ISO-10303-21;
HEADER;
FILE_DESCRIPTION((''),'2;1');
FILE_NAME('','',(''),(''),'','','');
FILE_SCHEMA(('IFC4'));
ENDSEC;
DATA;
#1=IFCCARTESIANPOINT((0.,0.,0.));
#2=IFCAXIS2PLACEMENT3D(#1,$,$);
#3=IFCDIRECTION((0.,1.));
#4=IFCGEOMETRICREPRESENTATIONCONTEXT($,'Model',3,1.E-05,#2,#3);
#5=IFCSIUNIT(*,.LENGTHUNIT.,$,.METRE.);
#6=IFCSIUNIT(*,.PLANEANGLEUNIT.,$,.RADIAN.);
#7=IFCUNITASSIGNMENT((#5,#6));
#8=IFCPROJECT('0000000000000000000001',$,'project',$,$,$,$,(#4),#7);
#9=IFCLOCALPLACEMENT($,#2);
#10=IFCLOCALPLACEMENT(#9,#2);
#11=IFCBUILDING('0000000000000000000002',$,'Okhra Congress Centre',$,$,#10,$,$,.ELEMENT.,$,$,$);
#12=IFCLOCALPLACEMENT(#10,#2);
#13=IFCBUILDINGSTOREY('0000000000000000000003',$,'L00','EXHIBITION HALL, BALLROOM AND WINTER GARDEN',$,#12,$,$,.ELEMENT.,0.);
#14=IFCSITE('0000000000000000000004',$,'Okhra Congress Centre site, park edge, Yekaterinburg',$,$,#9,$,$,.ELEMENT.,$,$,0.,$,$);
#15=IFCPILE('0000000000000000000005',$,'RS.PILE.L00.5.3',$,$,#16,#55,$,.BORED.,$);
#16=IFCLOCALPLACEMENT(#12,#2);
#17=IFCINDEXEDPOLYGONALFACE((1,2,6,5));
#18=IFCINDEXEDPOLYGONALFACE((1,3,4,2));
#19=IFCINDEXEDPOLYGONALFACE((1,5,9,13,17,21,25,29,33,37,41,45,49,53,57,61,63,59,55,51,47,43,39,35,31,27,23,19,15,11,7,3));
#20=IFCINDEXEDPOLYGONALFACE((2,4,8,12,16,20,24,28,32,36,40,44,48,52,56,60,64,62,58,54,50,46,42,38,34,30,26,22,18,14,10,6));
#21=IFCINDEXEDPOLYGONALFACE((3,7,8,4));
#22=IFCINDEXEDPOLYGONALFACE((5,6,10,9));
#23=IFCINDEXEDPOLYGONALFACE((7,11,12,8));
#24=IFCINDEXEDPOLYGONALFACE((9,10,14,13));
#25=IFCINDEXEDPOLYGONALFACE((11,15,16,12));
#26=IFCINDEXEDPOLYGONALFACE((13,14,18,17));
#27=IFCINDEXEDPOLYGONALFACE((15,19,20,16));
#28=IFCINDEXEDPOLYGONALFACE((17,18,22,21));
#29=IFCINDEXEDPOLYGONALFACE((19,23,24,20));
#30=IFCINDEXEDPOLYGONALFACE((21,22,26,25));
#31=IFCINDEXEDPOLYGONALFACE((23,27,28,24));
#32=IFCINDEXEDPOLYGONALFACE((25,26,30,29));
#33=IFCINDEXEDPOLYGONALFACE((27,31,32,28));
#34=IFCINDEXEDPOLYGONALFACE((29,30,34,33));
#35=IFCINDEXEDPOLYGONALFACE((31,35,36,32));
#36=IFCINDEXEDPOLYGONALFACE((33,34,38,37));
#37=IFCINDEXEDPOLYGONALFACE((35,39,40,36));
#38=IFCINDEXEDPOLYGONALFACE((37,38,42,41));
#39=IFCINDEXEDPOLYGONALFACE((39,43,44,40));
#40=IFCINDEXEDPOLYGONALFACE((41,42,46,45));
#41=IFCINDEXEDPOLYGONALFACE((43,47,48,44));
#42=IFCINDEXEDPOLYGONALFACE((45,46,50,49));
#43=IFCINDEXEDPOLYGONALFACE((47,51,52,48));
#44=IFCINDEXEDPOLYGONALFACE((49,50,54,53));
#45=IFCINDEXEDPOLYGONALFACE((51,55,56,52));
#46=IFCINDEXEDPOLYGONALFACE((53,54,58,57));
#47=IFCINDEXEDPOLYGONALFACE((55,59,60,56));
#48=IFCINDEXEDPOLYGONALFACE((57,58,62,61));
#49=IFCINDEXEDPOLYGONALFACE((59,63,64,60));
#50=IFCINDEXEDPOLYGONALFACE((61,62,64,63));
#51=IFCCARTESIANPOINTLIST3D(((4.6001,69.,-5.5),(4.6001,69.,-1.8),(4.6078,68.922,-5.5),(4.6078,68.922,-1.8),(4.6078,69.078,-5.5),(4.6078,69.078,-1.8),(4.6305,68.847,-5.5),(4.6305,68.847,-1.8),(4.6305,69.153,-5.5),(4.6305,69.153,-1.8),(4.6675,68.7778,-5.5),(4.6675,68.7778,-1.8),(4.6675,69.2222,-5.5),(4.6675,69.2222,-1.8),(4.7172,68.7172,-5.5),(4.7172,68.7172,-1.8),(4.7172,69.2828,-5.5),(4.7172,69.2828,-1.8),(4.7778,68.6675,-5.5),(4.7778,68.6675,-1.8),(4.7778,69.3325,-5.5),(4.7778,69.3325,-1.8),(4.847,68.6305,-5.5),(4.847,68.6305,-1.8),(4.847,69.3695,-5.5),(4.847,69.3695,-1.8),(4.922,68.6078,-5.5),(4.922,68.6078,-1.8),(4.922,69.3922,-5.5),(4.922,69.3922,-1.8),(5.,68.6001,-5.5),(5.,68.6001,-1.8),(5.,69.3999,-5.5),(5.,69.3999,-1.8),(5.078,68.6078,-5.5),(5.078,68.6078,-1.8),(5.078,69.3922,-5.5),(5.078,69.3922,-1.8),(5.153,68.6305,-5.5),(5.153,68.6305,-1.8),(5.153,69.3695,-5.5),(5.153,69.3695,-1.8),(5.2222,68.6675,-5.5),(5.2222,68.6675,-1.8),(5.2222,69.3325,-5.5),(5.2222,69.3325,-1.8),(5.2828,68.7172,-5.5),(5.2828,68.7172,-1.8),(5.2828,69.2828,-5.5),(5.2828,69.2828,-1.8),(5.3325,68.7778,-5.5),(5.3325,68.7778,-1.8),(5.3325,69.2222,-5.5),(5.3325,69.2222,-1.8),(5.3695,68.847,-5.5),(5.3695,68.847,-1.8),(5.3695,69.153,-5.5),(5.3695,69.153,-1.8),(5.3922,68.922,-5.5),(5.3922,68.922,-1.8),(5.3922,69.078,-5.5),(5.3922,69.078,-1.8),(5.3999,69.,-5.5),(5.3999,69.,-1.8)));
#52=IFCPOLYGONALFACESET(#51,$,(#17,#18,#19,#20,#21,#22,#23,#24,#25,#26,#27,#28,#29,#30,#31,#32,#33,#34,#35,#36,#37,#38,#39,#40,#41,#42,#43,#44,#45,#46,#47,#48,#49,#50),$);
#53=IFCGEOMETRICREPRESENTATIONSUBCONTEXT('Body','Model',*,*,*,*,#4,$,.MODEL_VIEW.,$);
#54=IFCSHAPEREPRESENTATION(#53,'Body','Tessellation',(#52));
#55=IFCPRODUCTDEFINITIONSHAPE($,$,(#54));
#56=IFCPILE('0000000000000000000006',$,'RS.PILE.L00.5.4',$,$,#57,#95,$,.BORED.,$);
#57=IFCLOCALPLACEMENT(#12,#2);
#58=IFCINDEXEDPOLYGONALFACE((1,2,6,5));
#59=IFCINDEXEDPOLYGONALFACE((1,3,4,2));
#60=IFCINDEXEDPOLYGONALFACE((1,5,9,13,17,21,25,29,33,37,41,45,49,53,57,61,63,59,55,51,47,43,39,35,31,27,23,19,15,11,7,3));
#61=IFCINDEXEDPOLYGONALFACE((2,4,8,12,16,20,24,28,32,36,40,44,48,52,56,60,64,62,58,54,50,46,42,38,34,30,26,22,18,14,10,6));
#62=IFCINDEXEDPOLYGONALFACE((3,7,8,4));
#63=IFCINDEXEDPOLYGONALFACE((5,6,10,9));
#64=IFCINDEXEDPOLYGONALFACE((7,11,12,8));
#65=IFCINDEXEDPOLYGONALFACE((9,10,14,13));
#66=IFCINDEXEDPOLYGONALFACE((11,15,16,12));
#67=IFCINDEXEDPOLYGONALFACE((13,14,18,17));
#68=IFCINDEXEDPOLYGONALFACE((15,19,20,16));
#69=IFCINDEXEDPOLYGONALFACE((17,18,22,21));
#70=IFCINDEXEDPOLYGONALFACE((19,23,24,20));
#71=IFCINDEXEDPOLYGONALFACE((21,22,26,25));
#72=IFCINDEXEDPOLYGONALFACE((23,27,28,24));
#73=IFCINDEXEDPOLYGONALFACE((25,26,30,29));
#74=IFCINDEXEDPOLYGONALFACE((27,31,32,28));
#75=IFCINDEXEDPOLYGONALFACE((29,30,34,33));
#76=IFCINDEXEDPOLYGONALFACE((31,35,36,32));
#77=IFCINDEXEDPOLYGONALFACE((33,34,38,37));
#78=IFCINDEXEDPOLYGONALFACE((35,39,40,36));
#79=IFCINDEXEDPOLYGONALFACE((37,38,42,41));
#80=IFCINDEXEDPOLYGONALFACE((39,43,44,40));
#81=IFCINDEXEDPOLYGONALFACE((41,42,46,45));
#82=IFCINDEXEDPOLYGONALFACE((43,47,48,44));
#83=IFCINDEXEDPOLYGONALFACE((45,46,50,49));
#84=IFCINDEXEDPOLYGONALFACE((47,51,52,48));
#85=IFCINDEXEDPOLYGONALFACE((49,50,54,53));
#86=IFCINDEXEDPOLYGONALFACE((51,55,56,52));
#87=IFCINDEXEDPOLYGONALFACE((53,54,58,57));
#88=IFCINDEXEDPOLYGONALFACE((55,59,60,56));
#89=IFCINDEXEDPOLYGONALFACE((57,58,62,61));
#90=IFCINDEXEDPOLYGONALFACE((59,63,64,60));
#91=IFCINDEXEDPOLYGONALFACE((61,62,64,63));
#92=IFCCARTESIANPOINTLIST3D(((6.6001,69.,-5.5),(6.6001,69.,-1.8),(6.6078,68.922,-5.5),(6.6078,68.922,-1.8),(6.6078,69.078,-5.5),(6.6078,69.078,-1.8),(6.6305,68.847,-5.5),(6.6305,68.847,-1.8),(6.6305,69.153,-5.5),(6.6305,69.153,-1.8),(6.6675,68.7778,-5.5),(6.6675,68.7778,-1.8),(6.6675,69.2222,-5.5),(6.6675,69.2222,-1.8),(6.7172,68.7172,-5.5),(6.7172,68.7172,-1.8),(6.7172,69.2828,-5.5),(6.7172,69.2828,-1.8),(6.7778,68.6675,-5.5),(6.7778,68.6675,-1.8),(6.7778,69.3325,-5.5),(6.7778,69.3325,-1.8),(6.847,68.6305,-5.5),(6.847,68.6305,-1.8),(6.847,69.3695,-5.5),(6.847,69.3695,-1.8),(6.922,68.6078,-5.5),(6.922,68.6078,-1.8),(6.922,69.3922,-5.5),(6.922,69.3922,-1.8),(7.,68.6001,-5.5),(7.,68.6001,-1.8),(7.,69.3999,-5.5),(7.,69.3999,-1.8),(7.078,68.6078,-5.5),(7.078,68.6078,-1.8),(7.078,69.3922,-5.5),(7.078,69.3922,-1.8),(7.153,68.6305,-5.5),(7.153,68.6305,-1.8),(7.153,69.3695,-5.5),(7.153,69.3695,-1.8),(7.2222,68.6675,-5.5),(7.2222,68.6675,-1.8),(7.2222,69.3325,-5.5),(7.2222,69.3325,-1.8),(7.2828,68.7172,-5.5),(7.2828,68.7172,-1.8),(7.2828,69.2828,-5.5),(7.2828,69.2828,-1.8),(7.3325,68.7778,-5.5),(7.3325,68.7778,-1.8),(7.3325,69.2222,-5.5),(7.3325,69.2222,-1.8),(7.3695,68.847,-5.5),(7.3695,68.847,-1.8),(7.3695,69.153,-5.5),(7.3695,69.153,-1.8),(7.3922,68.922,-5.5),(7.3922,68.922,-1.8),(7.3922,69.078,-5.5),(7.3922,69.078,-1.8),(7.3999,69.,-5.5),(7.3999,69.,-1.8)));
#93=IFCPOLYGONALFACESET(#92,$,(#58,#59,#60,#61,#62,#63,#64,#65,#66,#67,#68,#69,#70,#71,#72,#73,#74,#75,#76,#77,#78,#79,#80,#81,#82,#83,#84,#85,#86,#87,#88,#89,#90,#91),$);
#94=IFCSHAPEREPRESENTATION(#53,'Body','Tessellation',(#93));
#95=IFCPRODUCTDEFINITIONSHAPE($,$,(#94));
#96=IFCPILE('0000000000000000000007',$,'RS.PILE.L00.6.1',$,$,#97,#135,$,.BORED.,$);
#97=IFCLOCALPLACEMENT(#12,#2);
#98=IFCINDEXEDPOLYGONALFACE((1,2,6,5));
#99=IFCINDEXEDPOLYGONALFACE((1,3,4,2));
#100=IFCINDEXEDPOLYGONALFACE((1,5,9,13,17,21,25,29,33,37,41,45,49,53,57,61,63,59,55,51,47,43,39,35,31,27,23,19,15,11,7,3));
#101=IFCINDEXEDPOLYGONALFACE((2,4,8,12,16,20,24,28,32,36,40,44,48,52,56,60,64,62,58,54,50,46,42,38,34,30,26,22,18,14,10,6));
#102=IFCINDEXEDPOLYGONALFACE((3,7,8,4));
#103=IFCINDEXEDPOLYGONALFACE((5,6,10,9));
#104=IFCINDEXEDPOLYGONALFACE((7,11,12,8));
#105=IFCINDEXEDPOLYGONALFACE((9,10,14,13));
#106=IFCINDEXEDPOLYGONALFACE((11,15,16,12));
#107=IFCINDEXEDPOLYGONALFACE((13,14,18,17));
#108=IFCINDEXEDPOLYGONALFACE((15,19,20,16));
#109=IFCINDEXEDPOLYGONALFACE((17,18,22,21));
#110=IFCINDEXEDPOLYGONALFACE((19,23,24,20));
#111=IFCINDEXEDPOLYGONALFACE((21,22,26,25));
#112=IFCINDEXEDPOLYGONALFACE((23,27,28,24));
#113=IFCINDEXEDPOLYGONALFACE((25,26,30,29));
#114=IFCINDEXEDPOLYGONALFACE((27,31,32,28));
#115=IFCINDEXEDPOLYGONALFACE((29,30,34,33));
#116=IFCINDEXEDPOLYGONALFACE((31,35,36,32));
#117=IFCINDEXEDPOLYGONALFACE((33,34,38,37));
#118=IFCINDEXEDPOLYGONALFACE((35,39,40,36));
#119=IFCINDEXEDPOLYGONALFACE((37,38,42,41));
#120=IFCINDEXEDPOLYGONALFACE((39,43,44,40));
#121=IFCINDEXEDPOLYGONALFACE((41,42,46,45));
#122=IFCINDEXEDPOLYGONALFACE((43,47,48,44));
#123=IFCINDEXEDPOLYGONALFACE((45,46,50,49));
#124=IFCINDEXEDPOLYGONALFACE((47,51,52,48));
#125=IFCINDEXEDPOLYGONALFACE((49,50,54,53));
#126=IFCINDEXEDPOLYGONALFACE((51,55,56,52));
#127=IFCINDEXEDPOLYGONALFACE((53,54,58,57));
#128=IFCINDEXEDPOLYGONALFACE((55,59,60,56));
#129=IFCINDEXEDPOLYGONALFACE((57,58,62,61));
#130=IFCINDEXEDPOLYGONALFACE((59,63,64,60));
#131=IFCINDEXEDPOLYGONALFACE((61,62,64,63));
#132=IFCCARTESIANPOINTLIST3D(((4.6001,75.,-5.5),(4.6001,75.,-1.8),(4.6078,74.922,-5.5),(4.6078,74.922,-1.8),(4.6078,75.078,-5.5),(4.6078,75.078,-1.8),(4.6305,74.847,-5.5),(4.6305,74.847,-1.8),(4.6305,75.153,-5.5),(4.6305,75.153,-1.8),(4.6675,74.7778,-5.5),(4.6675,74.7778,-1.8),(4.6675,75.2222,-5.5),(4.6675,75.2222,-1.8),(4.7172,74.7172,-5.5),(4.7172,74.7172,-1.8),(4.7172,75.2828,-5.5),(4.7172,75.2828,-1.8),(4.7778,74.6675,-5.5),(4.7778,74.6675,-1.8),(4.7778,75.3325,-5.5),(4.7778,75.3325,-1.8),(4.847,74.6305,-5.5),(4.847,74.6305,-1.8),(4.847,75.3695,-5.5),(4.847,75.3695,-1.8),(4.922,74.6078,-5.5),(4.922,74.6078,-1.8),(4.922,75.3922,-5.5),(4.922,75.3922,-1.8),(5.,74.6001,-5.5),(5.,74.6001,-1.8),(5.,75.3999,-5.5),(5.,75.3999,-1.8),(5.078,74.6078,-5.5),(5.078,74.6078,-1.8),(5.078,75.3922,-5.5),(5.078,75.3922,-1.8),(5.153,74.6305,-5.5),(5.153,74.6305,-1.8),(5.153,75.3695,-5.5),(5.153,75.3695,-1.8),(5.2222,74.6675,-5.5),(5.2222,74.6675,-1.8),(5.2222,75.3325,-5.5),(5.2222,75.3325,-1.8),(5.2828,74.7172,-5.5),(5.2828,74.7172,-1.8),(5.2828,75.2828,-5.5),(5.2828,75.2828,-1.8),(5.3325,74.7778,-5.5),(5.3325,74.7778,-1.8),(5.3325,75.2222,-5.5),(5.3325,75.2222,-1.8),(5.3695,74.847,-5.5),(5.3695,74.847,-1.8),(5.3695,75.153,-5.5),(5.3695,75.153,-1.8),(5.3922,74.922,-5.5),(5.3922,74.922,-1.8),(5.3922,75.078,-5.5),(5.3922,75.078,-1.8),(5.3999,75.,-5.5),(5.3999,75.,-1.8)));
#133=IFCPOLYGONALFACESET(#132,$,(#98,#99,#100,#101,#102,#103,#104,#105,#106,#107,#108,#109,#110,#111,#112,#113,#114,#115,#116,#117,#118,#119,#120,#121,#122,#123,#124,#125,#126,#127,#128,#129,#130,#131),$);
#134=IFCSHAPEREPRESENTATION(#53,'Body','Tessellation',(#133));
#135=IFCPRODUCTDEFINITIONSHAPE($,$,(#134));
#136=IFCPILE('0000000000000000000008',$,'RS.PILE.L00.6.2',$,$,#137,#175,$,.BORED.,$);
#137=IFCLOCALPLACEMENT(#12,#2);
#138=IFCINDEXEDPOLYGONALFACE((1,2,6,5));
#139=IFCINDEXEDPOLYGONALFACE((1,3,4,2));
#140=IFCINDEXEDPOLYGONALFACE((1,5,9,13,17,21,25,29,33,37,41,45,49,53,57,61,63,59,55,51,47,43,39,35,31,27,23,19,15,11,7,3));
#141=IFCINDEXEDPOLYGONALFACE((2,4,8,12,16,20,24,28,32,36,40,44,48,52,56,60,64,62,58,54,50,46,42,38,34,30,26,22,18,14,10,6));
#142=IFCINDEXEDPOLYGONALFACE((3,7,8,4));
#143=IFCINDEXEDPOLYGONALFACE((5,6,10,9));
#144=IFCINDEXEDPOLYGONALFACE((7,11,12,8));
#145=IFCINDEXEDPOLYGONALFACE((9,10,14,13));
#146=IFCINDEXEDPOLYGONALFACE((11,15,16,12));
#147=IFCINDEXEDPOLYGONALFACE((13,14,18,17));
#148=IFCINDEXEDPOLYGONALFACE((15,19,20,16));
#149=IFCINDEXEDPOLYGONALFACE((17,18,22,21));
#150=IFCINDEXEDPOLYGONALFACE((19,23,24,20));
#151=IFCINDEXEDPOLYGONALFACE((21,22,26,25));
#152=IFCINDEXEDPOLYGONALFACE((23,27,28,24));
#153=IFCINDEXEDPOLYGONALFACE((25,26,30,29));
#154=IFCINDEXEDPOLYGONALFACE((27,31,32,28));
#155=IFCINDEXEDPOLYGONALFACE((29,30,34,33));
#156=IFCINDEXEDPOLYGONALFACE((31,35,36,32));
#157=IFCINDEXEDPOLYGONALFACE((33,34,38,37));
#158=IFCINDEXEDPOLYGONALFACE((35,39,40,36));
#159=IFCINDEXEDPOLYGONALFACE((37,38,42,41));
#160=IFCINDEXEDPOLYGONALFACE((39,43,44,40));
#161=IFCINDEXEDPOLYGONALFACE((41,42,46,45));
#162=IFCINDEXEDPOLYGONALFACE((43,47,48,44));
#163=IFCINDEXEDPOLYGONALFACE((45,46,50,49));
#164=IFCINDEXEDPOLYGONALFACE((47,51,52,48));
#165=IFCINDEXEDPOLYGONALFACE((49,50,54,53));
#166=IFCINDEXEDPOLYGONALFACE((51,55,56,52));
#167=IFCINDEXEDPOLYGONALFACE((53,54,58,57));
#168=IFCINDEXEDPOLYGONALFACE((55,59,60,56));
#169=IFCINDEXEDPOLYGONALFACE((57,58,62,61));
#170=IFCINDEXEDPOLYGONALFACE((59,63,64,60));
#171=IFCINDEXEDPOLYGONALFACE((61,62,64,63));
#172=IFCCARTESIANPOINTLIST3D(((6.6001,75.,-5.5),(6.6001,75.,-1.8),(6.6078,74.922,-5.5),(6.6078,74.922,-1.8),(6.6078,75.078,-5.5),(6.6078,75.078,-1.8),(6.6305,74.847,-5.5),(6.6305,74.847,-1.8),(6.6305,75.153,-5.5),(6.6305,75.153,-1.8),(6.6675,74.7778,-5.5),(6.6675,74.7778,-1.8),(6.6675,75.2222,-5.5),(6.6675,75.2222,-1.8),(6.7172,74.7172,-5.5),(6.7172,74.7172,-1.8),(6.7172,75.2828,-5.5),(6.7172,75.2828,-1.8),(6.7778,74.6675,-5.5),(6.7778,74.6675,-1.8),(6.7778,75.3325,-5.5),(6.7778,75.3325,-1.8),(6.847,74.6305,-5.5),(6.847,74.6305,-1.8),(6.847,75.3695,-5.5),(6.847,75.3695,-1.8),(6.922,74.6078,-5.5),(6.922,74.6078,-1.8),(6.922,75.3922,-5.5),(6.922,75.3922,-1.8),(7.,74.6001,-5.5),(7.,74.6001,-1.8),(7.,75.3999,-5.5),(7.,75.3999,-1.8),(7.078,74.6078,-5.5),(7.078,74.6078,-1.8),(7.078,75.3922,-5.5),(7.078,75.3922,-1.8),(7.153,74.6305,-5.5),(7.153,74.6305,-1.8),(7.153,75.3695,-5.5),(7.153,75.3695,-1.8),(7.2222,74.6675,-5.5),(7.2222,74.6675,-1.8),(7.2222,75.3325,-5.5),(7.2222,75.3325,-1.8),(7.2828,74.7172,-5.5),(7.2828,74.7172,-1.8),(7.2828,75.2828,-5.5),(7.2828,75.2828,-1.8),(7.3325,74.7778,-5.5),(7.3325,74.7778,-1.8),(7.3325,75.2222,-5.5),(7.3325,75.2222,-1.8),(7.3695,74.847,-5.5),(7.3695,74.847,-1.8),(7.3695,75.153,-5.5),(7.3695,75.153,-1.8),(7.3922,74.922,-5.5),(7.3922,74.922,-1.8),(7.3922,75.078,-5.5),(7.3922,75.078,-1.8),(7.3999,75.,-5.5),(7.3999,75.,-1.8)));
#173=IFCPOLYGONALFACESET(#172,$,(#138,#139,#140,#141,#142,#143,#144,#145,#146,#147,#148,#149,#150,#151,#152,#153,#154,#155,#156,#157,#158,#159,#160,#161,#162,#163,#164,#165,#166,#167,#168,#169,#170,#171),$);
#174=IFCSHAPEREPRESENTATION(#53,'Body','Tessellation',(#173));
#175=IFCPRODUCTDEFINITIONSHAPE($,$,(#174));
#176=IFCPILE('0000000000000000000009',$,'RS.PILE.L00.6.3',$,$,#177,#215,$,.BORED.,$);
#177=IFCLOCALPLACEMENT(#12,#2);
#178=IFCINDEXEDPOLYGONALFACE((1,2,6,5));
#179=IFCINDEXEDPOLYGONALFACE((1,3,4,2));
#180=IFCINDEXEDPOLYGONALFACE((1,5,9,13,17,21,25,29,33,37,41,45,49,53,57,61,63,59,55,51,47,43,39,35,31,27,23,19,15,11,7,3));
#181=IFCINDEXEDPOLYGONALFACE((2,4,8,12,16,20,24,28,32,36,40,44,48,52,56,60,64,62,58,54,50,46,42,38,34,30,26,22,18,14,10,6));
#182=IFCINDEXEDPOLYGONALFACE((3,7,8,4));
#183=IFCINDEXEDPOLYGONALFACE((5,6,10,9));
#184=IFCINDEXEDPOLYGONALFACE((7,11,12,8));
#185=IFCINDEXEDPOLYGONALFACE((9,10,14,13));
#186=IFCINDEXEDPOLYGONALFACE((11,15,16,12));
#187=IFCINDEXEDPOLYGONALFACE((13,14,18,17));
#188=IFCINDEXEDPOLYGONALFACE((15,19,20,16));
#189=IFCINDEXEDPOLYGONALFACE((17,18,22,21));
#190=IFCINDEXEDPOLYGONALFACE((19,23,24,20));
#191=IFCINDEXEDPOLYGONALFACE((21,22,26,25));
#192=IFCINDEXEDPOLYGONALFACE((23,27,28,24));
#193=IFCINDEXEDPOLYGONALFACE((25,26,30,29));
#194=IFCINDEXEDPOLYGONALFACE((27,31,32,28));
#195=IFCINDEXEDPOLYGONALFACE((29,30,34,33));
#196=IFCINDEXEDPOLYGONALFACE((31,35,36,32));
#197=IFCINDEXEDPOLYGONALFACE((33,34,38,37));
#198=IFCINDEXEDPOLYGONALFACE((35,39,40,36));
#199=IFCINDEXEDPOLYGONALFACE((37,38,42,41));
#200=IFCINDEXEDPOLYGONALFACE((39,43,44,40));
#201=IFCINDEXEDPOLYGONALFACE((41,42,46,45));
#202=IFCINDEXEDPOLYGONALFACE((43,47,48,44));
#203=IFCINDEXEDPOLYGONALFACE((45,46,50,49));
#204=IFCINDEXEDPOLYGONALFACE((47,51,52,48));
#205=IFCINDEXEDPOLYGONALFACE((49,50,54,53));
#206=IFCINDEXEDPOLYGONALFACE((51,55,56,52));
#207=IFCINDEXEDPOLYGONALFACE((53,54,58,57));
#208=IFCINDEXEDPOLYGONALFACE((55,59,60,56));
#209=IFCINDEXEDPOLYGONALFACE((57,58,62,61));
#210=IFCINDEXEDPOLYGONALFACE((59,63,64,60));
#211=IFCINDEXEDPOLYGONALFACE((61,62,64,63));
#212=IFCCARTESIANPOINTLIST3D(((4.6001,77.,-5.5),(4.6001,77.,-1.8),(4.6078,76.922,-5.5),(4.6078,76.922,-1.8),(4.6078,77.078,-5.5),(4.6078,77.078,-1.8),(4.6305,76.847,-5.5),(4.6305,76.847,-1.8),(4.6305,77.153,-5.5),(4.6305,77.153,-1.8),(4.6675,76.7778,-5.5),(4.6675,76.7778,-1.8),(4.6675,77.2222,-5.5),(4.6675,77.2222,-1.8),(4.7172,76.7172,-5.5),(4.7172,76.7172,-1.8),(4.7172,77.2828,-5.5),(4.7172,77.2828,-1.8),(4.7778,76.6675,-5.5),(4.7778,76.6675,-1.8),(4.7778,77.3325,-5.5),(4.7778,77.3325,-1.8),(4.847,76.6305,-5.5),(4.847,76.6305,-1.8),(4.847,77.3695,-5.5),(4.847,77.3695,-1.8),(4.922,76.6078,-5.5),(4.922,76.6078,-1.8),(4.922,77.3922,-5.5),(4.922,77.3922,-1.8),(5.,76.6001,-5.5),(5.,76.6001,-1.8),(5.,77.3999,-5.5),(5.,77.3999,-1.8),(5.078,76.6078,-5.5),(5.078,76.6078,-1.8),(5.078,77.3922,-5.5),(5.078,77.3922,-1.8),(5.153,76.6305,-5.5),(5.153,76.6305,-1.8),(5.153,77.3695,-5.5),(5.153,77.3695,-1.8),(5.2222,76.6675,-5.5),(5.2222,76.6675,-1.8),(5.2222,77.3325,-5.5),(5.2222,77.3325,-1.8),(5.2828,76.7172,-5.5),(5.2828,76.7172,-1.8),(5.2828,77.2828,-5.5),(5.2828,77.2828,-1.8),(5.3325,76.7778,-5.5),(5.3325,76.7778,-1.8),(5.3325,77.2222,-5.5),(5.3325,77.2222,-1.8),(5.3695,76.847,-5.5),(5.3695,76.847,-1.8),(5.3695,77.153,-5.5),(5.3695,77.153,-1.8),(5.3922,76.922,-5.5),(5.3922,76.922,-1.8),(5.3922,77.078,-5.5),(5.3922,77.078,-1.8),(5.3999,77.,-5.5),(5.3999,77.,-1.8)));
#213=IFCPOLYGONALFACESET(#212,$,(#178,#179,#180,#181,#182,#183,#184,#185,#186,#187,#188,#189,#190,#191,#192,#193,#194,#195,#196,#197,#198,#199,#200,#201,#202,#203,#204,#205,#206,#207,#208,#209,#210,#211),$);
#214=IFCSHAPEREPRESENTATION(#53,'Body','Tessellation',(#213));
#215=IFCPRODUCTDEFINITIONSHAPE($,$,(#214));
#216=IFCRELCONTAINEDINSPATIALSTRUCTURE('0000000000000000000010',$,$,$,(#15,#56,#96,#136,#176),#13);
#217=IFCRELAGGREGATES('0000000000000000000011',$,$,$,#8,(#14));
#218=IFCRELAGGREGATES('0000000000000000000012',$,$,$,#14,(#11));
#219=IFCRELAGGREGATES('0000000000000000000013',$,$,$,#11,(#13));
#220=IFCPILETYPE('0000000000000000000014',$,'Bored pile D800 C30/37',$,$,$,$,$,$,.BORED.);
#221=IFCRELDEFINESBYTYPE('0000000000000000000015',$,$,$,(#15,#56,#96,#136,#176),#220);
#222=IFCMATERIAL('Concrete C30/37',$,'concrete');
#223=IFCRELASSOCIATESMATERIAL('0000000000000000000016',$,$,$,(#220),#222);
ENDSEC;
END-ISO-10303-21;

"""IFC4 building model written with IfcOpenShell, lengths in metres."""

from ifc_helpers import new_model, si_unit, direction, frame, origin, origin_2d, place, context, subcontext, project, spatial, circle, extrude, material, material_profile, profile_set, type_object, element, save


model = new_model("IFC4")

# Units and contexts
model_context = context("Model", 3, precision=1e-05, world=origin(), true_north=direction((0.0, 1.0)))
body_context = subcontext(model_context, "Body", "Model", "MODEL_VIEW")
ifc_project = project(units=[si_unit("LENGTHUNIT", "METRE"), si_unit("PLANEANGLEUNIT", "RADIAN")], contexts=[model_context])

# Site, building, storey
site_placement = place(None, origin())
site = spatial("IfcSite", under=ifc_project, at=site_placement, Name="Okhra Congress Centre site, park edge, Yekaterinburg", CompositionType="ELEMENT", RefElevation=0.0)
building_placement = place(site_placement, origin())
building = spatial("IfcBuilding", under=site, at=building_placement, Name="Okhra Congress Centre", CompositionType="ELEMENT")
storey_placement = place(building_placement, origin())
storey = spatial("IfcBuildingStorey", under=building, at=storey_placement, Name="L00", Description="EXHIBITION HALL, BALLROOM AND WINTER GARDEN", CompositionType="ELEMENT", Elevation=0.0)

# Piles
ifc_material_1 = material(Name="Concrete C30/37", Category="concrete")
ifc_material_profile_1 = material_profile(ifc_material_1, circle(Radius=0.3999, at=origin_2d()), Name="D800")
ifc_profile_set_1 = profile_set([ifc_material_profile_1], Name="Concrete C30/37")
pile_type = type_object("IfcPileType", Name="Bored pile D800 C30/37", PredefinedType="BORED", material=ifc_profile_set_1)
for number, where, z_axis, x_axis, name in (
    (1, (5.0, 69.0, -1.8), (0.0, 0.0, -1.0), (1.0, 0.0, 0.0), "RS.PILE.L00.5.3"),
    (2, (7.0, 69.0, -1.8), (0.0, 0.0, -1.0), (1.0, 0.0, 0.0), "RS.PILE.L00.5.4"),
    (3, (5.0, 75.0, -1.8), (0.0, 0.0, -1.0), (1.0, 0.0, 0.0), "RS.PILE.L00.6.1"),
    (4, (7.0, 75.0, -1.8), (0.0, 0.0, -1.0), (1.0, 0.0, 0.0), "RS.PILE.L00.6.2"),
    (5, (5.0, 77.0, -1.8), (0.0, 0.0, -1.0), (1.0, 0.0, 0.0), "RS.PILE.L00.6.3"),
):
    element("IfcPile", number, at=place(storey_placement, frame(where, z_axis=z_axis, x_axis=x_axis)), inside=storey, type_object=pile_type, Name=name, PredefinedType="BORED", context=body_context, shape_type="SweptSolid", body=[
        extrude(circle(Radius=0.3999, at=origin_2d()), origin(), (0.0, 0.0, 1.0), 3.7),
    ])

save(model, "model.ifc")
